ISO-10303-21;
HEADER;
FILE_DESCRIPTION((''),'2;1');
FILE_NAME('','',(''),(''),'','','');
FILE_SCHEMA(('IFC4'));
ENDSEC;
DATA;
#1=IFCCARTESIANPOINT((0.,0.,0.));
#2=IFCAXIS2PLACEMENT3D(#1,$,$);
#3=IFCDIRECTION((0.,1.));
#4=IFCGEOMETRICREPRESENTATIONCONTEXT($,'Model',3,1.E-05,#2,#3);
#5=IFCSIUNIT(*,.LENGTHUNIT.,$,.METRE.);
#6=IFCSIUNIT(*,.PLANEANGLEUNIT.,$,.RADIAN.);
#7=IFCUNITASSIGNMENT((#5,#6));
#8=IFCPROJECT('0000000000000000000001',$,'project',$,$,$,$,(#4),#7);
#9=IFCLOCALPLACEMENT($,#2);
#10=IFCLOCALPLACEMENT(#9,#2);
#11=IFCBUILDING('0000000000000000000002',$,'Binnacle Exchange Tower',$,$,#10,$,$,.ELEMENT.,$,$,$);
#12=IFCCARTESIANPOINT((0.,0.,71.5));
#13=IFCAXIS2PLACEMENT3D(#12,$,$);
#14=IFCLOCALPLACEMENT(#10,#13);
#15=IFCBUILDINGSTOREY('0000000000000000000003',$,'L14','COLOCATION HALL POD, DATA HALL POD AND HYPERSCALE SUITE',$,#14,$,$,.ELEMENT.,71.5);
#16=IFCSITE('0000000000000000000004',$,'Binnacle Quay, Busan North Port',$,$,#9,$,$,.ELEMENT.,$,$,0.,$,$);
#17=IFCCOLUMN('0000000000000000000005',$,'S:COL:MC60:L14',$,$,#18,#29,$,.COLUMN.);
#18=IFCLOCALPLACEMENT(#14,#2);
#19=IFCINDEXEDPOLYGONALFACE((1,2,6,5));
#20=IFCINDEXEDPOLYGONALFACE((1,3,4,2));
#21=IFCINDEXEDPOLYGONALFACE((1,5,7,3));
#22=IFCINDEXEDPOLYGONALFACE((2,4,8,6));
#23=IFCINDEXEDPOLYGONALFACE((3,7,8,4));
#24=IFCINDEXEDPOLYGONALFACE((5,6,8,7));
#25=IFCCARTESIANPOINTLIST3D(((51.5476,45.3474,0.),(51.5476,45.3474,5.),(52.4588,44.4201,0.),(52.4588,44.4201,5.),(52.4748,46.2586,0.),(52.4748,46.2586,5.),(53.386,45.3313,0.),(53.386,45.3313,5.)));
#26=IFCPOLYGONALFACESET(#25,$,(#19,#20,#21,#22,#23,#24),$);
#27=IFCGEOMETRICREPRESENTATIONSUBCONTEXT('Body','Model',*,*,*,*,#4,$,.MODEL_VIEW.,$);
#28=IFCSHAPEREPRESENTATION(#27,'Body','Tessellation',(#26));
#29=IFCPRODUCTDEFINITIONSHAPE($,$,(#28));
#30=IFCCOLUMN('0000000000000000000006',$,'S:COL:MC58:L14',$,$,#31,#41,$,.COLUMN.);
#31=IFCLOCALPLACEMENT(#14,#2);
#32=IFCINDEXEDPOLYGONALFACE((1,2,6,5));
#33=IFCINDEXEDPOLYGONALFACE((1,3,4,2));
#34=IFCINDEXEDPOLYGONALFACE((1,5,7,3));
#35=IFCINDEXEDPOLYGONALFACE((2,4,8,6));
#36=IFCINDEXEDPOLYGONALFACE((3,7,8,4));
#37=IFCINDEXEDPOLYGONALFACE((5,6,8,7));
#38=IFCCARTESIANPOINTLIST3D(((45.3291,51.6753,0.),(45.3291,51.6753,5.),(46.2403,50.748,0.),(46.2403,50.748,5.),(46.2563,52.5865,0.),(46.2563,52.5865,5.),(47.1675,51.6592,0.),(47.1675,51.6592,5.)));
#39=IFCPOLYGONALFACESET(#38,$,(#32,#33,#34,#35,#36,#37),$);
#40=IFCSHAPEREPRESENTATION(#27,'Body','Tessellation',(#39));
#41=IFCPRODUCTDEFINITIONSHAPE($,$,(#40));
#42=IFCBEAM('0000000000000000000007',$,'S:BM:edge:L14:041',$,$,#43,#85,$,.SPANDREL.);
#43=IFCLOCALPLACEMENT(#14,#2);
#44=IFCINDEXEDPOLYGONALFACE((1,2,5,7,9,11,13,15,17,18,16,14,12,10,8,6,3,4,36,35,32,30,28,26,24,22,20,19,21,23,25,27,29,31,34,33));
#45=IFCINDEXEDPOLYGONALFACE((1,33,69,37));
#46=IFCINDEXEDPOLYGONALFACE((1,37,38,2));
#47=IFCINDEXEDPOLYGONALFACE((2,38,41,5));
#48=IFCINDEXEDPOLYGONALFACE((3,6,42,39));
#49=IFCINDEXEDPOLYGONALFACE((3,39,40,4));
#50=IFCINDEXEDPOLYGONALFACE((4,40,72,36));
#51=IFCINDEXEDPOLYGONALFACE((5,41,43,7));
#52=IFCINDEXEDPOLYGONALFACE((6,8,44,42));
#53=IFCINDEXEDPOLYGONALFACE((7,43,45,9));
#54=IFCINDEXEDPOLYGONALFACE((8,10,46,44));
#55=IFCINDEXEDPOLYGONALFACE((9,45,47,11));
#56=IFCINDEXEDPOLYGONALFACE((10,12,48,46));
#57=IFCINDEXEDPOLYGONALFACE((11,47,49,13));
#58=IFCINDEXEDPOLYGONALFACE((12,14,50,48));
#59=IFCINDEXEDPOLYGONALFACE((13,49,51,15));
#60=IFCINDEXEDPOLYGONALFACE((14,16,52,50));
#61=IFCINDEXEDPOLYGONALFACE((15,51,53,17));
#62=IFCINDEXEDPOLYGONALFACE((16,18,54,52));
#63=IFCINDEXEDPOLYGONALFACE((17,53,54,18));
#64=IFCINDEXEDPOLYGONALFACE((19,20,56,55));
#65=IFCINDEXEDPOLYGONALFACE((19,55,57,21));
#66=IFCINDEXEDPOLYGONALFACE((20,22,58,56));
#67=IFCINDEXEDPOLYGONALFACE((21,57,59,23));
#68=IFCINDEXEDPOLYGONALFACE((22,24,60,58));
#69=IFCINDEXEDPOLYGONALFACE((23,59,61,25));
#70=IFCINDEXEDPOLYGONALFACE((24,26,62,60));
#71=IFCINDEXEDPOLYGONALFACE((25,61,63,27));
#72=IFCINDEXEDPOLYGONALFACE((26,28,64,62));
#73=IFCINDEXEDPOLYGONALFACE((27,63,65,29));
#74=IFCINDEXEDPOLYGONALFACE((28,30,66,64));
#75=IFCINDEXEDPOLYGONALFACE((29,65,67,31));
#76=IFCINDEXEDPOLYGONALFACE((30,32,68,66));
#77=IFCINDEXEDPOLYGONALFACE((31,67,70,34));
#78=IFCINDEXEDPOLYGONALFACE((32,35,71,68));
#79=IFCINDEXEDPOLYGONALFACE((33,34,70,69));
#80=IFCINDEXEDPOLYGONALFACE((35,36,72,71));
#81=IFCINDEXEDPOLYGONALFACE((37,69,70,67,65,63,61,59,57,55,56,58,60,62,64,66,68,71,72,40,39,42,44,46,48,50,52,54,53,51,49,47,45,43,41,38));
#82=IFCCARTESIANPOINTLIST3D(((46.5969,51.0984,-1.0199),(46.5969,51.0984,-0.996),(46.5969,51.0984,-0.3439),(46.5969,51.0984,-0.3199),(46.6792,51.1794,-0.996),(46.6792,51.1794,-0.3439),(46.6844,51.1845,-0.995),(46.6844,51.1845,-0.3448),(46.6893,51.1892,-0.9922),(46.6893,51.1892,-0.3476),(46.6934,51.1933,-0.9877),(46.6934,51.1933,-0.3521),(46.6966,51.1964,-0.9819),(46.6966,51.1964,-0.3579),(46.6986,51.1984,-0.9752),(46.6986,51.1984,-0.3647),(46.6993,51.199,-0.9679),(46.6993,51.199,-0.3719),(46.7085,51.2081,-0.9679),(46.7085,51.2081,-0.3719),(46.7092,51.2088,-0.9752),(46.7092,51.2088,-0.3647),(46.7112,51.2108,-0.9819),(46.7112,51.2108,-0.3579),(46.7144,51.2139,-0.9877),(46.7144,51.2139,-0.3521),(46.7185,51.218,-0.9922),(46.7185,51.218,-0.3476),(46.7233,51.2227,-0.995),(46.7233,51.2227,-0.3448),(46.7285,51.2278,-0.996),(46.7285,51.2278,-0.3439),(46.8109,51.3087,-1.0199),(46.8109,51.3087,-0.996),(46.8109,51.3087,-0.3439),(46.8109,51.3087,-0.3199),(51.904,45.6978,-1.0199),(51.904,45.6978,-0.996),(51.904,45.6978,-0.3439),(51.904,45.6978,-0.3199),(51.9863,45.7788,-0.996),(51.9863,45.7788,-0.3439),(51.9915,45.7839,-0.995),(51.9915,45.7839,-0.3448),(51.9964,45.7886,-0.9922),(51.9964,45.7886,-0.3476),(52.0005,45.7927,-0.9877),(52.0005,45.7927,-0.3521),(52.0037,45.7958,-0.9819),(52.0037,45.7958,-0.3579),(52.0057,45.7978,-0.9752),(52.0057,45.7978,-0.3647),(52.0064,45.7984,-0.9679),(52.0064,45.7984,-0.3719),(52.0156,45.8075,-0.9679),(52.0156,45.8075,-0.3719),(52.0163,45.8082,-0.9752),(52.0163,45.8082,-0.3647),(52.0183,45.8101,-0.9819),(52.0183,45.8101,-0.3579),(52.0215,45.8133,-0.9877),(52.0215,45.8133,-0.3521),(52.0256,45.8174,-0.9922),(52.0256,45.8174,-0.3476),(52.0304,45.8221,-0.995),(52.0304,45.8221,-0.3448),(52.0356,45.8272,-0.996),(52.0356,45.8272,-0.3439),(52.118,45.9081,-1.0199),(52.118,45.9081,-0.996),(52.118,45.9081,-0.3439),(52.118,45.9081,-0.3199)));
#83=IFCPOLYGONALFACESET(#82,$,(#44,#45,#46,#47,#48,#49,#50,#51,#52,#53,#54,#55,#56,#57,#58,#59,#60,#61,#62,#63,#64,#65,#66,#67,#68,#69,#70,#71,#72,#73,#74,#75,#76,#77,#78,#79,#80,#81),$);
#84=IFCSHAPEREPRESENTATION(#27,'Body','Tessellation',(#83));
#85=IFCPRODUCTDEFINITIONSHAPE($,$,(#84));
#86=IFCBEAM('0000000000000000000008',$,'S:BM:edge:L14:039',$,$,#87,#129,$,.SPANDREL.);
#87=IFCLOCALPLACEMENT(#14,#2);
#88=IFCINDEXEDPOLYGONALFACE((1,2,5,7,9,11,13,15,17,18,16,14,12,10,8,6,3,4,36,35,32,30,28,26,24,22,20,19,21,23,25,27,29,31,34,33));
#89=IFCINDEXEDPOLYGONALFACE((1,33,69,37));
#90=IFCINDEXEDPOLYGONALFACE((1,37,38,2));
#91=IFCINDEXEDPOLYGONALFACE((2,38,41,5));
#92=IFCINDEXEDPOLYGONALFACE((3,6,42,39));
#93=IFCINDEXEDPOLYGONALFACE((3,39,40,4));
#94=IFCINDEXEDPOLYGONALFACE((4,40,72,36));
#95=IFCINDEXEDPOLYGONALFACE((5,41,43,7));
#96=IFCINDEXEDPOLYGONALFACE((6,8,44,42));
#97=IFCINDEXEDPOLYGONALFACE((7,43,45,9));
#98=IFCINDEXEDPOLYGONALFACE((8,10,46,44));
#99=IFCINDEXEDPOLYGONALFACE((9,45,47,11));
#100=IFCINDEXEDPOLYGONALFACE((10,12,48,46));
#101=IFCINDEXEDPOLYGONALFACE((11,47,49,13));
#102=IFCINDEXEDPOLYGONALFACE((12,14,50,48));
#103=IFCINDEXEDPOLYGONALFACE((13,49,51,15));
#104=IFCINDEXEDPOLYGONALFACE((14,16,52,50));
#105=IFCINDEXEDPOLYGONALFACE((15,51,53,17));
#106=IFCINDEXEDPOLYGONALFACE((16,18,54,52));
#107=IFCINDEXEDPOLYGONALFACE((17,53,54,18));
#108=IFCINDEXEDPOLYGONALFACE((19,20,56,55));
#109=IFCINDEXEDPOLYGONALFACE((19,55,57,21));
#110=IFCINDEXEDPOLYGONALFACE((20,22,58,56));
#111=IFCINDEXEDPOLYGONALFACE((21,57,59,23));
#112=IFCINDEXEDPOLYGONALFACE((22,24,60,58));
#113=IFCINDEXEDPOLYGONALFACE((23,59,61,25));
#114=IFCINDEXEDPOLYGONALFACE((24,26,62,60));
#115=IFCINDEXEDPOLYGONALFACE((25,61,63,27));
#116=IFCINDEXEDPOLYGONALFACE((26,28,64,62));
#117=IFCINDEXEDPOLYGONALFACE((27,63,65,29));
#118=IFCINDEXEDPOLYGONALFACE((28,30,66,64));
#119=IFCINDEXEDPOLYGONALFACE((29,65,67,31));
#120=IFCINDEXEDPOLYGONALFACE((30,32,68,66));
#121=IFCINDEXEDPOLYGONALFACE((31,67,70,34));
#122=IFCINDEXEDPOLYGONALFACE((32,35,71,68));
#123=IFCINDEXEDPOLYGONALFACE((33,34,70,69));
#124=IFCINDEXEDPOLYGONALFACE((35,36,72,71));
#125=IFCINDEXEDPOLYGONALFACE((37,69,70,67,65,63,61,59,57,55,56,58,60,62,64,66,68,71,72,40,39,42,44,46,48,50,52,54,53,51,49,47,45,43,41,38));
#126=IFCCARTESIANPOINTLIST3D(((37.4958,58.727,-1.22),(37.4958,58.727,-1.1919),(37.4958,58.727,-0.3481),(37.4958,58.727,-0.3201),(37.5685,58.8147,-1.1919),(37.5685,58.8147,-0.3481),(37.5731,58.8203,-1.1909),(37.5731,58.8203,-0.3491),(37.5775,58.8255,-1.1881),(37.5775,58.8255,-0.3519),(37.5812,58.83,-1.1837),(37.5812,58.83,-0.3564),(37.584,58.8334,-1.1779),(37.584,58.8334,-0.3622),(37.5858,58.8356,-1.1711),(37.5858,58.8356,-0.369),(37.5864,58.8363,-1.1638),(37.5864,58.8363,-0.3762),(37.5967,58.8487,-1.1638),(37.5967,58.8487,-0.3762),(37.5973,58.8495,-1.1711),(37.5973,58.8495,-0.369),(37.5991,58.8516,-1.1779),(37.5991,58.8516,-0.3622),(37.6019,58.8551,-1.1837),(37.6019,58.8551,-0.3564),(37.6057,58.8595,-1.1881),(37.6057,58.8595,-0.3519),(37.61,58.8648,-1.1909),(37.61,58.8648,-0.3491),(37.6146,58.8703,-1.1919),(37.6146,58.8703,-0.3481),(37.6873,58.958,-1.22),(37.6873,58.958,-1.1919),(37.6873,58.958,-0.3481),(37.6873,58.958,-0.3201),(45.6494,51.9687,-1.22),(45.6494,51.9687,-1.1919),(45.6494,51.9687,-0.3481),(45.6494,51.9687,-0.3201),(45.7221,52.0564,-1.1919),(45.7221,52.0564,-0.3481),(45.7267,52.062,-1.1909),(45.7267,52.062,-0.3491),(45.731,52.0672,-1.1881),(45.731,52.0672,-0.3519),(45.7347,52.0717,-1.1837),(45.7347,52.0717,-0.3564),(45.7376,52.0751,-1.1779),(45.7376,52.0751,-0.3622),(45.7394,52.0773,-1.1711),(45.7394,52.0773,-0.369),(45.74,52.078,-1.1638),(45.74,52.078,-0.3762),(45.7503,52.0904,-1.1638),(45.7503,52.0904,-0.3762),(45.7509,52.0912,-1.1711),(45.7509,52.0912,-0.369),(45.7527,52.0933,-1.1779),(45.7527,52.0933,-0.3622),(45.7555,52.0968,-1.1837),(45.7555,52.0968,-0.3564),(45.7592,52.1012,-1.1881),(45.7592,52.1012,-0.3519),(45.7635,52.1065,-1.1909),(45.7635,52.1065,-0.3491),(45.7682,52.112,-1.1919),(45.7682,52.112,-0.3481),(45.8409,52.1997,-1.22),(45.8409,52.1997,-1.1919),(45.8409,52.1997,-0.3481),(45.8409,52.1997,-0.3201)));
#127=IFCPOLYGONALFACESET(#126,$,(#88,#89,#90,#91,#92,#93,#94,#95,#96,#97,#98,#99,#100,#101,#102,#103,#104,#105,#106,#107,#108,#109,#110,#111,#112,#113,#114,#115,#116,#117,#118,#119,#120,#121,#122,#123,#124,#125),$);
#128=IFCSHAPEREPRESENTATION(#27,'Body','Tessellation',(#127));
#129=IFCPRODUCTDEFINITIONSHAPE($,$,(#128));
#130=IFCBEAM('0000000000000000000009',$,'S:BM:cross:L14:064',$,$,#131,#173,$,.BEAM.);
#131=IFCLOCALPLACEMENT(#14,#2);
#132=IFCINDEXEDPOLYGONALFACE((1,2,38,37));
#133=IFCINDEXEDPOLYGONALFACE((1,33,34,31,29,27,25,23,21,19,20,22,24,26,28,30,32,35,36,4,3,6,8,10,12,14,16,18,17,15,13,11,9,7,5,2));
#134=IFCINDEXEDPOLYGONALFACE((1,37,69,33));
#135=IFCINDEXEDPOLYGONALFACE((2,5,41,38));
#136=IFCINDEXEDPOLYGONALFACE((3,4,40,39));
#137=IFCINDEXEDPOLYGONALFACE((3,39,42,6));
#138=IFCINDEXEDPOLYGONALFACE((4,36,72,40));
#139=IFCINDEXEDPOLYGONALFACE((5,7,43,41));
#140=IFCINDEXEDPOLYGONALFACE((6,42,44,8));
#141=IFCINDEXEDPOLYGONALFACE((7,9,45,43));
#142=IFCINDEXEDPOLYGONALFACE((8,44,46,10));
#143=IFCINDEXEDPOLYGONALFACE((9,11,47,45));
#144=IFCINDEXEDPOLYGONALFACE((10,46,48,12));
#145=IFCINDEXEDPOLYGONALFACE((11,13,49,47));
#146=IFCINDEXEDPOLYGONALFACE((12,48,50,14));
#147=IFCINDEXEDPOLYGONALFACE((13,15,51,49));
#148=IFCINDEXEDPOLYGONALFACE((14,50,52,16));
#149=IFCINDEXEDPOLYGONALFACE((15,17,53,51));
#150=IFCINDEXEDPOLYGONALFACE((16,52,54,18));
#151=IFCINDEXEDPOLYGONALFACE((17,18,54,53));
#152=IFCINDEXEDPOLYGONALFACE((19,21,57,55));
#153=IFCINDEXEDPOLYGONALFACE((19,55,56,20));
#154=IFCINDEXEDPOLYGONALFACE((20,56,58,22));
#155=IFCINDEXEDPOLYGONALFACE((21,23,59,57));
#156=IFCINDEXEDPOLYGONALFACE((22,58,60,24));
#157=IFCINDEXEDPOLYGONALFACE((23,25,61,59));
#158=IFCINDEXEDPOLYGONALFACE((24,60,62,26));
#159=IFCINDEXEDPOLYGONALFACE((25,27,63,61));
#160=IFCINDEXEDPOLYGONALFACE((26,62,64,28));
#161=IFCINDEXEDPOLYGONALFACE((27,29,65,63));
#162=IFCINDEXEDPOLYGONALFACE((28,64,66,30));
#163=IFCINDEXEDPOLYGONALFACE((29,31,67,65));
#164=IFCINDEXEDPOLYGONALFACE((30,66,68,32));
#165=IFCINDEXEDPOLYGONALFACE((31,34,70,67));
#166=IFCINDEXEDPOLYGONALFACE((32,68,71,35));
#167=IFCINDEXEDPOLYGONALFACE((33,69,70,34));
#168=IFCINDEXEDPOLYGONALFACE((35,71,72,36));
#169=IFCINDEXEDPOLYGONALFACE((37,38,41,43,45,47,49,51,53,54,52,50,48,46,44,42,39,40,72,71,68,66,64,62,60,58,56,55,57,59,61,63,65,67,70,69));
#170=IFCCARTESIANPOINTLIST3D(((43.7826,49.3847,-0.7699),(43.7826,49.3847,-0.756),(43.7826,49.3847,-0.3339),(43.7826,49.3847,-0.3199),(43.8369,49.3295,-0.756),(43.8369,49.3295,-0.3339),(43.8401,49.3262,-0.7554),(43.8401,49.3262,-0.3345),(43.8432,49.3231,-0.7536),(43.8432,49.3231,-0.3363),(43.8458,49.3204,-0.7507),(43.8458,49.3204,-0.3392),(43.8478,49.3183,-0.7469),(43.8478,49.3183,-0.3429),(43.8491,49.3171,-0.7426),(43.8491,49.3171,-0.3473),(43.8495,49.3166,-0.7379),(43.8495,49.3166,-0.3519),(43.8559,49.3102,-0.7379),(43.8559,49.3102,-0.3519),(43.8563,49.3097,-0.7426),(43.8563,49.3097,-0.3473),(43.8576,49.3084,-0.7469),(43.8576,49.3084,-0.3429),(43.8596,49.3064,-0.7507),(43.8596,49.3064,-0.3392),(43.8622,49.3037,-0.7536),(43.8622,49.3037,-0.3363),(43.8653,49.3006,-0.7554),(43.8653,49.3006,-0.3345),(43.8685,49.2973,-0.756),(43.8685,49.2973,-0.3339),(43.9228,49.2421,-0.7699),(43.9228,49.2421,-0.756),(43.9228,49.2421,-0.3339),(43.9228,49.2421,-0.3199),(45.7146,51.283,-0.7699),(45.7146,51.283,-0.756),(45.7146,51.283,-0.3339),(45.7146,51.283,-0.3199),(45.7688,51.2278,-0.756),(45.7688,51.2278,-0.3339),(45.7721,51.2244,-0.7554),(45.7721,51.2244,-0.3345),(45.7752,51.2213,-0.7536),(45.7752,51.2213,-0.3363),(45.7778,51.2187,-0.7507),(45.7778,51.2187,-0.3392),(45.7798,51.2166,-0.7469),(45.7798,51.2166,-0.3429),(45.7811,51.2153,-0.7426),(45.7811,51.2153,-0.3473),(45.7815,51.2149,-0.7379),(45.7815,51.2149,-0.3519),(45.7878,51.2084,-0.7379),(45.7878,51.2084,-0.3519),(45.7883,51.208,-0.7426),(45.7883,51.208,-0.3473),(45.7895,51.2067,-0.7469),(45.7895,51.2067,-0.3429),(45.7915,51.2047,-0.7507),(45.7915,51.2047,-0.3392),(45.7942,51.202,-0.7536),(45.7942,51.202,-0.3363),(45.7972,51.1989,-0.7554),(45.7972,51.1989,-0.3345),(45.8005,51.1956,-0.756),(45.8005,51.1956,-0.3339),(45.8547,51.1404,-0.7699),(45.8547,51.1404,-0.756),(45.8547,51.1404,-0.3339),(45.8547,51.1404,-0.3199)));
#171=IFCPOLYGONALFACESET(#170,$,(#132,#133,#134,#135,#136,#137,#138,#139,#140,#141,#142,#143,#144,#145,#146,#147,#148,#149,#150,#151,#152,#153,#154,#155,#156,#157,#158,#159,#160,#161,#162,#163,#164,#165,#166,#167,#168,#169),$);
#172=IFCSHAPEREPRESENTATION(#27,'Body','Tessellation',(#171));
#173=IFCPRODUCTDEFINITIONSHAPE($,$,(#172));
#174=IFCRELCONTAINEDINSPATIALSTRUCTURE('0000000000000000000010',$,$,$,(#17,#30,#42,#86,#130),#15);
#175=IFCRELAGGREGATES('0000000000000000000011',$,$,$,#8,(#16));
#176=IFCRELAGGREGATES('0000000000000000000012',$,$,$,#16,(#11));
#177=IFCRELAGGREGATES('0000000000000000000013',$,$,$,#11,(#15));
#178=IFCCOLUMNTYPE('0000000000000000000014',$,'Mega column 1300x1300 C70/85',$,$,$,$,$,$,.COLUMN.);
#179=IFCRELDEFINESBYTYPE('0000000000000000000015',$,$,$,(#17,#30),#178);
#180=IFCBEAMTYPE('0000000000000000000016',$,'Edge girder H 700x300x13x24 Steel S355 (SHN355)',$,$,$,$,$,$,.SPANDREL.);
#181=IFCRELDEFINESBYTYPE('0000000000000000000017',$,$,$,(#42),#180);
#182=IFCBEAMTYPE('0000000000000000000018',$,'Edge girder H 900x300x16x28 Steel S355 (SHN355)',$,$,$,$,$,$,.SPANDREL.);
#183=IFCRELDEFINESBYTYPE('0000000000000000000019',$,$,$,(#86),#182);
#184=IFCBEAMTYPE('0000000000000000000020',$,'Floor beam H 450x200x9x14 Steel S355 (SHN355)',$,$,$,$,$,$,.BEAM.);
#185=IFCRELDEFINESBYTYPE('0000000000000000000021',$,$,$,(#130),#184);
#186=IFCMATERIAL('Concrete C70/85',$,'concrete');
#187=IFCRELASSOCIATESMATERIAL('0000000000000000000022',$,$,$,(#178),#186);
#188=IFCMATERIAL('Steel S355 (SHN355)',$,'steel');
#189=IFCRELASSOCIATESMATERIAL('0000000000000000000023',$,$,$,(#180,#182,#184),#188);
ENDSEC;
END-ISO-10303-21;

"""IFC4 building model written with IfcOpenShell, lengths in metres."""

from ifc_helpers import new_model, si_unit, direction, frame, origin, origin_2d, place, context, subcontext, project, spatial, rectangle, i_section, extrude, material, material_profile, profile_set, type_object, element, save


model = new_model("IFC4")

# Units and contexts
model_context = context("Model", 3, precision=1e-05, world=origin(), true_north=direction((0.0, 1.0)))
body_context = subcontext(model_context, "Body", "Model", "MODEL_VIEW")
ifc_project = project(units=[si_unit("LENGTHUNIT", "METRE"), si_unit("PLANEANGLEUNIT", "RADIAN")], contexts=[model_context])

# Site, building, storey
site_placement = place(None, origin())
site = spatial("IfcSite", under=ifc_project, at=site_placement, Name="Binnacle Quay, Busan North Port", CompositionType="ELEMENT", RefElevation=0.0)
building_placement = place(site_placement, origin())
building = spatial("IfcBuilding", under=site, at=building_placement, Name="Binnacle Exchange Tower", CompositionType="ELEMENT")
storey_placement = place(building_placement, frame((0.0, 0.0, 71.5)))
storey = spatial("IfcBuildingStorey", under=building, at=storey_placement, Name="L14", Description="COLOCATION HALL POD, DATA HALL POD AND HYPERSCALE SUITE", CompositionType="ELEMENT", Elevation=71.5)

# Columns
ifc_material_1 = material(Name="Concrete C70/85", Category="concrete")
ifc_material_profile_1 = material_profile(ifc_material_1, rectangle(XDim=1.3, YDim=1.3, at=origin_2d()), Name="Mega column 1300x1300 C70/85")
ifc_profile_set_1 = profile_set([ifc_material_profile_1], Name="Concrete C70/85")
column_type = type_object("IfcColumnType", Name="Mega column 1300x1300 C70/85", PredefinedType="COLUMN", material=ifc_profile_set_1)
for number, where, z_axis, x_axis, name in (
    (1, (52.4668, 45.3394, 0.0), (0.0, 0.0, 1.0), (-0.700909, 0.71325, 0.0), "S:COL:MC60:L14"),
    (2, (46.2483, 51.6672, 0.0), (0.0, 0.0, 1.0), (-0.700909, 0.71325, 0.0), "S:COL:MC58:L14"),
):
    element("IfcColumn", number, at=place(storey_placement, frame(where, z_axis=z_axis, x_axis=x_axis)), inside=storey, type_object=column_type, Name=name, PredefinedType="COLUMN", context=body_context, shape_type="SweptSolid", body=[
        extrude(rectangle(XDim=1.3, YDim=1.3, at=origin_2d()), origin(), (0.0, 0.0, 1.0), 5.0),
    ])

# Beams
ifc_material_2 = material(Name="Steel S355 (SHN355)", Category="steel")
ifc_material_profile_2 = material_profile(ifc_material_2, i_section(OverallWidth=0.3, OverallDepth=0.7, WebThickness=0.0129, FlangeThickness=0.0239, FilletRadius=0.0281, at=origin_2d()), Name="H 700x300x13x24")
ifc_profile_set_2 = profile_set([ifc_material_profile_2], Name="Steel S355 (SHN355)")
beam_type_1 = type_object("IfcBeamType", Name="Edge girder H 700x300x13x24 Steel S355 (SHN355)", PredefinedType="SPANDREL", material=ifc_profile_set_2)
beam_1_placement = place(storey_placement, frame((52.011, 45.803, -0.6699), z_axis=(-0.700905, 0.713254, 0.0), x_axis=(-0.713254, -0.700905, 0.0)))
element("IfcBeam", 3, at=beam_1_placement, inside=storey, type_object=beam_type_1, Name="S:BM:edge:L14:041", PredefinedType="SPANDREL", context=body_context, shape_type="SweptSolid", body=[
    extrude(i_section(OverallWidth=0.3, OverallDepth=0.7, WebThickness=0.0129, FlangeThickness=0.0239, FilletRadius=0.0281, at=origin_2d()), origin(), (0.0, 0.0, 1.0), 7.5718),
])
ifc_material_profile_3 = material_profile(ifc_material_2, i_section(OverallWidth=0.3, OverallDepth=0.8999, WebThickness=0.0161, FlangeThickness=0.0281, FilletRadius=0.0281, at=origin_2d()), Name="H 900x300x16x28")
ifc_profile_set_3 = profile_set([ifc_material_profile_3], Name="Steel S355 (SHN355)")
beam_type_2 = type_object("IfcBeamType", Name="Edge girder H 900x300x16x28 Steel S355 (SHN355)", PredefinedType="SPANDREL", material=ifc_profile_set_3)
beam_2_placement = place(storey_placement, frame((45.7451, 52.0842, -0.77), z_axis=(-0.769906, 0.638157, 0.0), x_axis=(-0.638157, -0.769906, 0.0)))
element("IfcBeam", 4, at=beam_2_placement, inside=storey, type_object=beam_type_2, Name="S:BM:edge:L14:039", PredefinedType="SPANDREL", context=body_context, shape_type="SweptSolid", body=[
    extrude(i_section(OverallWidth=0.3, OverallDepth=0.8999, WebThickness=0.0161, FlangeThickness=0.0281, FilletRadius=0.0281, at=origin_2d()), origin(), (0.0, 0.0, 1.0), 10.5903),
])
ifc_material_profile_4 = material_profile(ifc_material_2, i_section(OverallWidth=0.2, OverallDepth=0.45, WebThickness=0.009, FlangeThickness=0.0139, FilletRadius=0.0181, at=origin_2d()), Name="H 450x200x9x14")
ifc_profile_set_4 = profile_set([ifc_material_profile_4], Name="Steel S355 (SHN355)")
beam_type_3 = type_object("IfcBeamType", Name="Floor beam H 450x200x9x14 Steel S355 (SHN355)", PredefinedType="BEAM", material=ifc_profile_set_4)
for number, where, z_axis, x_axis, name in (
    (5, (45.7847, 51.2117, -0.5449), (-0.713299, -0.70086, 0.0), (0.70086, -0.713299, 0.0), "S:BM:cross:L14:064"),
):
    element("IfcBeam", number, at=place(storey_placement, frame(where, z_axis=z_axis, x_axis=x_axis)), inside=storey, type_object=beam_type_3, Name=name, PredefinedType="BEAM", context=body_context, shape_type="SweptSolid", body=[
        extrude(i_section(OverallWidth=0.2, OverallDepth=0.45, WebThickness=0.009, FlangeThickness=0.0139, FilletRadius=0.0181, at=origin_2d()), origin(), (0.0, 0.0, 1.0), 2.7085),
    ])

save(model, "model.ifc")
